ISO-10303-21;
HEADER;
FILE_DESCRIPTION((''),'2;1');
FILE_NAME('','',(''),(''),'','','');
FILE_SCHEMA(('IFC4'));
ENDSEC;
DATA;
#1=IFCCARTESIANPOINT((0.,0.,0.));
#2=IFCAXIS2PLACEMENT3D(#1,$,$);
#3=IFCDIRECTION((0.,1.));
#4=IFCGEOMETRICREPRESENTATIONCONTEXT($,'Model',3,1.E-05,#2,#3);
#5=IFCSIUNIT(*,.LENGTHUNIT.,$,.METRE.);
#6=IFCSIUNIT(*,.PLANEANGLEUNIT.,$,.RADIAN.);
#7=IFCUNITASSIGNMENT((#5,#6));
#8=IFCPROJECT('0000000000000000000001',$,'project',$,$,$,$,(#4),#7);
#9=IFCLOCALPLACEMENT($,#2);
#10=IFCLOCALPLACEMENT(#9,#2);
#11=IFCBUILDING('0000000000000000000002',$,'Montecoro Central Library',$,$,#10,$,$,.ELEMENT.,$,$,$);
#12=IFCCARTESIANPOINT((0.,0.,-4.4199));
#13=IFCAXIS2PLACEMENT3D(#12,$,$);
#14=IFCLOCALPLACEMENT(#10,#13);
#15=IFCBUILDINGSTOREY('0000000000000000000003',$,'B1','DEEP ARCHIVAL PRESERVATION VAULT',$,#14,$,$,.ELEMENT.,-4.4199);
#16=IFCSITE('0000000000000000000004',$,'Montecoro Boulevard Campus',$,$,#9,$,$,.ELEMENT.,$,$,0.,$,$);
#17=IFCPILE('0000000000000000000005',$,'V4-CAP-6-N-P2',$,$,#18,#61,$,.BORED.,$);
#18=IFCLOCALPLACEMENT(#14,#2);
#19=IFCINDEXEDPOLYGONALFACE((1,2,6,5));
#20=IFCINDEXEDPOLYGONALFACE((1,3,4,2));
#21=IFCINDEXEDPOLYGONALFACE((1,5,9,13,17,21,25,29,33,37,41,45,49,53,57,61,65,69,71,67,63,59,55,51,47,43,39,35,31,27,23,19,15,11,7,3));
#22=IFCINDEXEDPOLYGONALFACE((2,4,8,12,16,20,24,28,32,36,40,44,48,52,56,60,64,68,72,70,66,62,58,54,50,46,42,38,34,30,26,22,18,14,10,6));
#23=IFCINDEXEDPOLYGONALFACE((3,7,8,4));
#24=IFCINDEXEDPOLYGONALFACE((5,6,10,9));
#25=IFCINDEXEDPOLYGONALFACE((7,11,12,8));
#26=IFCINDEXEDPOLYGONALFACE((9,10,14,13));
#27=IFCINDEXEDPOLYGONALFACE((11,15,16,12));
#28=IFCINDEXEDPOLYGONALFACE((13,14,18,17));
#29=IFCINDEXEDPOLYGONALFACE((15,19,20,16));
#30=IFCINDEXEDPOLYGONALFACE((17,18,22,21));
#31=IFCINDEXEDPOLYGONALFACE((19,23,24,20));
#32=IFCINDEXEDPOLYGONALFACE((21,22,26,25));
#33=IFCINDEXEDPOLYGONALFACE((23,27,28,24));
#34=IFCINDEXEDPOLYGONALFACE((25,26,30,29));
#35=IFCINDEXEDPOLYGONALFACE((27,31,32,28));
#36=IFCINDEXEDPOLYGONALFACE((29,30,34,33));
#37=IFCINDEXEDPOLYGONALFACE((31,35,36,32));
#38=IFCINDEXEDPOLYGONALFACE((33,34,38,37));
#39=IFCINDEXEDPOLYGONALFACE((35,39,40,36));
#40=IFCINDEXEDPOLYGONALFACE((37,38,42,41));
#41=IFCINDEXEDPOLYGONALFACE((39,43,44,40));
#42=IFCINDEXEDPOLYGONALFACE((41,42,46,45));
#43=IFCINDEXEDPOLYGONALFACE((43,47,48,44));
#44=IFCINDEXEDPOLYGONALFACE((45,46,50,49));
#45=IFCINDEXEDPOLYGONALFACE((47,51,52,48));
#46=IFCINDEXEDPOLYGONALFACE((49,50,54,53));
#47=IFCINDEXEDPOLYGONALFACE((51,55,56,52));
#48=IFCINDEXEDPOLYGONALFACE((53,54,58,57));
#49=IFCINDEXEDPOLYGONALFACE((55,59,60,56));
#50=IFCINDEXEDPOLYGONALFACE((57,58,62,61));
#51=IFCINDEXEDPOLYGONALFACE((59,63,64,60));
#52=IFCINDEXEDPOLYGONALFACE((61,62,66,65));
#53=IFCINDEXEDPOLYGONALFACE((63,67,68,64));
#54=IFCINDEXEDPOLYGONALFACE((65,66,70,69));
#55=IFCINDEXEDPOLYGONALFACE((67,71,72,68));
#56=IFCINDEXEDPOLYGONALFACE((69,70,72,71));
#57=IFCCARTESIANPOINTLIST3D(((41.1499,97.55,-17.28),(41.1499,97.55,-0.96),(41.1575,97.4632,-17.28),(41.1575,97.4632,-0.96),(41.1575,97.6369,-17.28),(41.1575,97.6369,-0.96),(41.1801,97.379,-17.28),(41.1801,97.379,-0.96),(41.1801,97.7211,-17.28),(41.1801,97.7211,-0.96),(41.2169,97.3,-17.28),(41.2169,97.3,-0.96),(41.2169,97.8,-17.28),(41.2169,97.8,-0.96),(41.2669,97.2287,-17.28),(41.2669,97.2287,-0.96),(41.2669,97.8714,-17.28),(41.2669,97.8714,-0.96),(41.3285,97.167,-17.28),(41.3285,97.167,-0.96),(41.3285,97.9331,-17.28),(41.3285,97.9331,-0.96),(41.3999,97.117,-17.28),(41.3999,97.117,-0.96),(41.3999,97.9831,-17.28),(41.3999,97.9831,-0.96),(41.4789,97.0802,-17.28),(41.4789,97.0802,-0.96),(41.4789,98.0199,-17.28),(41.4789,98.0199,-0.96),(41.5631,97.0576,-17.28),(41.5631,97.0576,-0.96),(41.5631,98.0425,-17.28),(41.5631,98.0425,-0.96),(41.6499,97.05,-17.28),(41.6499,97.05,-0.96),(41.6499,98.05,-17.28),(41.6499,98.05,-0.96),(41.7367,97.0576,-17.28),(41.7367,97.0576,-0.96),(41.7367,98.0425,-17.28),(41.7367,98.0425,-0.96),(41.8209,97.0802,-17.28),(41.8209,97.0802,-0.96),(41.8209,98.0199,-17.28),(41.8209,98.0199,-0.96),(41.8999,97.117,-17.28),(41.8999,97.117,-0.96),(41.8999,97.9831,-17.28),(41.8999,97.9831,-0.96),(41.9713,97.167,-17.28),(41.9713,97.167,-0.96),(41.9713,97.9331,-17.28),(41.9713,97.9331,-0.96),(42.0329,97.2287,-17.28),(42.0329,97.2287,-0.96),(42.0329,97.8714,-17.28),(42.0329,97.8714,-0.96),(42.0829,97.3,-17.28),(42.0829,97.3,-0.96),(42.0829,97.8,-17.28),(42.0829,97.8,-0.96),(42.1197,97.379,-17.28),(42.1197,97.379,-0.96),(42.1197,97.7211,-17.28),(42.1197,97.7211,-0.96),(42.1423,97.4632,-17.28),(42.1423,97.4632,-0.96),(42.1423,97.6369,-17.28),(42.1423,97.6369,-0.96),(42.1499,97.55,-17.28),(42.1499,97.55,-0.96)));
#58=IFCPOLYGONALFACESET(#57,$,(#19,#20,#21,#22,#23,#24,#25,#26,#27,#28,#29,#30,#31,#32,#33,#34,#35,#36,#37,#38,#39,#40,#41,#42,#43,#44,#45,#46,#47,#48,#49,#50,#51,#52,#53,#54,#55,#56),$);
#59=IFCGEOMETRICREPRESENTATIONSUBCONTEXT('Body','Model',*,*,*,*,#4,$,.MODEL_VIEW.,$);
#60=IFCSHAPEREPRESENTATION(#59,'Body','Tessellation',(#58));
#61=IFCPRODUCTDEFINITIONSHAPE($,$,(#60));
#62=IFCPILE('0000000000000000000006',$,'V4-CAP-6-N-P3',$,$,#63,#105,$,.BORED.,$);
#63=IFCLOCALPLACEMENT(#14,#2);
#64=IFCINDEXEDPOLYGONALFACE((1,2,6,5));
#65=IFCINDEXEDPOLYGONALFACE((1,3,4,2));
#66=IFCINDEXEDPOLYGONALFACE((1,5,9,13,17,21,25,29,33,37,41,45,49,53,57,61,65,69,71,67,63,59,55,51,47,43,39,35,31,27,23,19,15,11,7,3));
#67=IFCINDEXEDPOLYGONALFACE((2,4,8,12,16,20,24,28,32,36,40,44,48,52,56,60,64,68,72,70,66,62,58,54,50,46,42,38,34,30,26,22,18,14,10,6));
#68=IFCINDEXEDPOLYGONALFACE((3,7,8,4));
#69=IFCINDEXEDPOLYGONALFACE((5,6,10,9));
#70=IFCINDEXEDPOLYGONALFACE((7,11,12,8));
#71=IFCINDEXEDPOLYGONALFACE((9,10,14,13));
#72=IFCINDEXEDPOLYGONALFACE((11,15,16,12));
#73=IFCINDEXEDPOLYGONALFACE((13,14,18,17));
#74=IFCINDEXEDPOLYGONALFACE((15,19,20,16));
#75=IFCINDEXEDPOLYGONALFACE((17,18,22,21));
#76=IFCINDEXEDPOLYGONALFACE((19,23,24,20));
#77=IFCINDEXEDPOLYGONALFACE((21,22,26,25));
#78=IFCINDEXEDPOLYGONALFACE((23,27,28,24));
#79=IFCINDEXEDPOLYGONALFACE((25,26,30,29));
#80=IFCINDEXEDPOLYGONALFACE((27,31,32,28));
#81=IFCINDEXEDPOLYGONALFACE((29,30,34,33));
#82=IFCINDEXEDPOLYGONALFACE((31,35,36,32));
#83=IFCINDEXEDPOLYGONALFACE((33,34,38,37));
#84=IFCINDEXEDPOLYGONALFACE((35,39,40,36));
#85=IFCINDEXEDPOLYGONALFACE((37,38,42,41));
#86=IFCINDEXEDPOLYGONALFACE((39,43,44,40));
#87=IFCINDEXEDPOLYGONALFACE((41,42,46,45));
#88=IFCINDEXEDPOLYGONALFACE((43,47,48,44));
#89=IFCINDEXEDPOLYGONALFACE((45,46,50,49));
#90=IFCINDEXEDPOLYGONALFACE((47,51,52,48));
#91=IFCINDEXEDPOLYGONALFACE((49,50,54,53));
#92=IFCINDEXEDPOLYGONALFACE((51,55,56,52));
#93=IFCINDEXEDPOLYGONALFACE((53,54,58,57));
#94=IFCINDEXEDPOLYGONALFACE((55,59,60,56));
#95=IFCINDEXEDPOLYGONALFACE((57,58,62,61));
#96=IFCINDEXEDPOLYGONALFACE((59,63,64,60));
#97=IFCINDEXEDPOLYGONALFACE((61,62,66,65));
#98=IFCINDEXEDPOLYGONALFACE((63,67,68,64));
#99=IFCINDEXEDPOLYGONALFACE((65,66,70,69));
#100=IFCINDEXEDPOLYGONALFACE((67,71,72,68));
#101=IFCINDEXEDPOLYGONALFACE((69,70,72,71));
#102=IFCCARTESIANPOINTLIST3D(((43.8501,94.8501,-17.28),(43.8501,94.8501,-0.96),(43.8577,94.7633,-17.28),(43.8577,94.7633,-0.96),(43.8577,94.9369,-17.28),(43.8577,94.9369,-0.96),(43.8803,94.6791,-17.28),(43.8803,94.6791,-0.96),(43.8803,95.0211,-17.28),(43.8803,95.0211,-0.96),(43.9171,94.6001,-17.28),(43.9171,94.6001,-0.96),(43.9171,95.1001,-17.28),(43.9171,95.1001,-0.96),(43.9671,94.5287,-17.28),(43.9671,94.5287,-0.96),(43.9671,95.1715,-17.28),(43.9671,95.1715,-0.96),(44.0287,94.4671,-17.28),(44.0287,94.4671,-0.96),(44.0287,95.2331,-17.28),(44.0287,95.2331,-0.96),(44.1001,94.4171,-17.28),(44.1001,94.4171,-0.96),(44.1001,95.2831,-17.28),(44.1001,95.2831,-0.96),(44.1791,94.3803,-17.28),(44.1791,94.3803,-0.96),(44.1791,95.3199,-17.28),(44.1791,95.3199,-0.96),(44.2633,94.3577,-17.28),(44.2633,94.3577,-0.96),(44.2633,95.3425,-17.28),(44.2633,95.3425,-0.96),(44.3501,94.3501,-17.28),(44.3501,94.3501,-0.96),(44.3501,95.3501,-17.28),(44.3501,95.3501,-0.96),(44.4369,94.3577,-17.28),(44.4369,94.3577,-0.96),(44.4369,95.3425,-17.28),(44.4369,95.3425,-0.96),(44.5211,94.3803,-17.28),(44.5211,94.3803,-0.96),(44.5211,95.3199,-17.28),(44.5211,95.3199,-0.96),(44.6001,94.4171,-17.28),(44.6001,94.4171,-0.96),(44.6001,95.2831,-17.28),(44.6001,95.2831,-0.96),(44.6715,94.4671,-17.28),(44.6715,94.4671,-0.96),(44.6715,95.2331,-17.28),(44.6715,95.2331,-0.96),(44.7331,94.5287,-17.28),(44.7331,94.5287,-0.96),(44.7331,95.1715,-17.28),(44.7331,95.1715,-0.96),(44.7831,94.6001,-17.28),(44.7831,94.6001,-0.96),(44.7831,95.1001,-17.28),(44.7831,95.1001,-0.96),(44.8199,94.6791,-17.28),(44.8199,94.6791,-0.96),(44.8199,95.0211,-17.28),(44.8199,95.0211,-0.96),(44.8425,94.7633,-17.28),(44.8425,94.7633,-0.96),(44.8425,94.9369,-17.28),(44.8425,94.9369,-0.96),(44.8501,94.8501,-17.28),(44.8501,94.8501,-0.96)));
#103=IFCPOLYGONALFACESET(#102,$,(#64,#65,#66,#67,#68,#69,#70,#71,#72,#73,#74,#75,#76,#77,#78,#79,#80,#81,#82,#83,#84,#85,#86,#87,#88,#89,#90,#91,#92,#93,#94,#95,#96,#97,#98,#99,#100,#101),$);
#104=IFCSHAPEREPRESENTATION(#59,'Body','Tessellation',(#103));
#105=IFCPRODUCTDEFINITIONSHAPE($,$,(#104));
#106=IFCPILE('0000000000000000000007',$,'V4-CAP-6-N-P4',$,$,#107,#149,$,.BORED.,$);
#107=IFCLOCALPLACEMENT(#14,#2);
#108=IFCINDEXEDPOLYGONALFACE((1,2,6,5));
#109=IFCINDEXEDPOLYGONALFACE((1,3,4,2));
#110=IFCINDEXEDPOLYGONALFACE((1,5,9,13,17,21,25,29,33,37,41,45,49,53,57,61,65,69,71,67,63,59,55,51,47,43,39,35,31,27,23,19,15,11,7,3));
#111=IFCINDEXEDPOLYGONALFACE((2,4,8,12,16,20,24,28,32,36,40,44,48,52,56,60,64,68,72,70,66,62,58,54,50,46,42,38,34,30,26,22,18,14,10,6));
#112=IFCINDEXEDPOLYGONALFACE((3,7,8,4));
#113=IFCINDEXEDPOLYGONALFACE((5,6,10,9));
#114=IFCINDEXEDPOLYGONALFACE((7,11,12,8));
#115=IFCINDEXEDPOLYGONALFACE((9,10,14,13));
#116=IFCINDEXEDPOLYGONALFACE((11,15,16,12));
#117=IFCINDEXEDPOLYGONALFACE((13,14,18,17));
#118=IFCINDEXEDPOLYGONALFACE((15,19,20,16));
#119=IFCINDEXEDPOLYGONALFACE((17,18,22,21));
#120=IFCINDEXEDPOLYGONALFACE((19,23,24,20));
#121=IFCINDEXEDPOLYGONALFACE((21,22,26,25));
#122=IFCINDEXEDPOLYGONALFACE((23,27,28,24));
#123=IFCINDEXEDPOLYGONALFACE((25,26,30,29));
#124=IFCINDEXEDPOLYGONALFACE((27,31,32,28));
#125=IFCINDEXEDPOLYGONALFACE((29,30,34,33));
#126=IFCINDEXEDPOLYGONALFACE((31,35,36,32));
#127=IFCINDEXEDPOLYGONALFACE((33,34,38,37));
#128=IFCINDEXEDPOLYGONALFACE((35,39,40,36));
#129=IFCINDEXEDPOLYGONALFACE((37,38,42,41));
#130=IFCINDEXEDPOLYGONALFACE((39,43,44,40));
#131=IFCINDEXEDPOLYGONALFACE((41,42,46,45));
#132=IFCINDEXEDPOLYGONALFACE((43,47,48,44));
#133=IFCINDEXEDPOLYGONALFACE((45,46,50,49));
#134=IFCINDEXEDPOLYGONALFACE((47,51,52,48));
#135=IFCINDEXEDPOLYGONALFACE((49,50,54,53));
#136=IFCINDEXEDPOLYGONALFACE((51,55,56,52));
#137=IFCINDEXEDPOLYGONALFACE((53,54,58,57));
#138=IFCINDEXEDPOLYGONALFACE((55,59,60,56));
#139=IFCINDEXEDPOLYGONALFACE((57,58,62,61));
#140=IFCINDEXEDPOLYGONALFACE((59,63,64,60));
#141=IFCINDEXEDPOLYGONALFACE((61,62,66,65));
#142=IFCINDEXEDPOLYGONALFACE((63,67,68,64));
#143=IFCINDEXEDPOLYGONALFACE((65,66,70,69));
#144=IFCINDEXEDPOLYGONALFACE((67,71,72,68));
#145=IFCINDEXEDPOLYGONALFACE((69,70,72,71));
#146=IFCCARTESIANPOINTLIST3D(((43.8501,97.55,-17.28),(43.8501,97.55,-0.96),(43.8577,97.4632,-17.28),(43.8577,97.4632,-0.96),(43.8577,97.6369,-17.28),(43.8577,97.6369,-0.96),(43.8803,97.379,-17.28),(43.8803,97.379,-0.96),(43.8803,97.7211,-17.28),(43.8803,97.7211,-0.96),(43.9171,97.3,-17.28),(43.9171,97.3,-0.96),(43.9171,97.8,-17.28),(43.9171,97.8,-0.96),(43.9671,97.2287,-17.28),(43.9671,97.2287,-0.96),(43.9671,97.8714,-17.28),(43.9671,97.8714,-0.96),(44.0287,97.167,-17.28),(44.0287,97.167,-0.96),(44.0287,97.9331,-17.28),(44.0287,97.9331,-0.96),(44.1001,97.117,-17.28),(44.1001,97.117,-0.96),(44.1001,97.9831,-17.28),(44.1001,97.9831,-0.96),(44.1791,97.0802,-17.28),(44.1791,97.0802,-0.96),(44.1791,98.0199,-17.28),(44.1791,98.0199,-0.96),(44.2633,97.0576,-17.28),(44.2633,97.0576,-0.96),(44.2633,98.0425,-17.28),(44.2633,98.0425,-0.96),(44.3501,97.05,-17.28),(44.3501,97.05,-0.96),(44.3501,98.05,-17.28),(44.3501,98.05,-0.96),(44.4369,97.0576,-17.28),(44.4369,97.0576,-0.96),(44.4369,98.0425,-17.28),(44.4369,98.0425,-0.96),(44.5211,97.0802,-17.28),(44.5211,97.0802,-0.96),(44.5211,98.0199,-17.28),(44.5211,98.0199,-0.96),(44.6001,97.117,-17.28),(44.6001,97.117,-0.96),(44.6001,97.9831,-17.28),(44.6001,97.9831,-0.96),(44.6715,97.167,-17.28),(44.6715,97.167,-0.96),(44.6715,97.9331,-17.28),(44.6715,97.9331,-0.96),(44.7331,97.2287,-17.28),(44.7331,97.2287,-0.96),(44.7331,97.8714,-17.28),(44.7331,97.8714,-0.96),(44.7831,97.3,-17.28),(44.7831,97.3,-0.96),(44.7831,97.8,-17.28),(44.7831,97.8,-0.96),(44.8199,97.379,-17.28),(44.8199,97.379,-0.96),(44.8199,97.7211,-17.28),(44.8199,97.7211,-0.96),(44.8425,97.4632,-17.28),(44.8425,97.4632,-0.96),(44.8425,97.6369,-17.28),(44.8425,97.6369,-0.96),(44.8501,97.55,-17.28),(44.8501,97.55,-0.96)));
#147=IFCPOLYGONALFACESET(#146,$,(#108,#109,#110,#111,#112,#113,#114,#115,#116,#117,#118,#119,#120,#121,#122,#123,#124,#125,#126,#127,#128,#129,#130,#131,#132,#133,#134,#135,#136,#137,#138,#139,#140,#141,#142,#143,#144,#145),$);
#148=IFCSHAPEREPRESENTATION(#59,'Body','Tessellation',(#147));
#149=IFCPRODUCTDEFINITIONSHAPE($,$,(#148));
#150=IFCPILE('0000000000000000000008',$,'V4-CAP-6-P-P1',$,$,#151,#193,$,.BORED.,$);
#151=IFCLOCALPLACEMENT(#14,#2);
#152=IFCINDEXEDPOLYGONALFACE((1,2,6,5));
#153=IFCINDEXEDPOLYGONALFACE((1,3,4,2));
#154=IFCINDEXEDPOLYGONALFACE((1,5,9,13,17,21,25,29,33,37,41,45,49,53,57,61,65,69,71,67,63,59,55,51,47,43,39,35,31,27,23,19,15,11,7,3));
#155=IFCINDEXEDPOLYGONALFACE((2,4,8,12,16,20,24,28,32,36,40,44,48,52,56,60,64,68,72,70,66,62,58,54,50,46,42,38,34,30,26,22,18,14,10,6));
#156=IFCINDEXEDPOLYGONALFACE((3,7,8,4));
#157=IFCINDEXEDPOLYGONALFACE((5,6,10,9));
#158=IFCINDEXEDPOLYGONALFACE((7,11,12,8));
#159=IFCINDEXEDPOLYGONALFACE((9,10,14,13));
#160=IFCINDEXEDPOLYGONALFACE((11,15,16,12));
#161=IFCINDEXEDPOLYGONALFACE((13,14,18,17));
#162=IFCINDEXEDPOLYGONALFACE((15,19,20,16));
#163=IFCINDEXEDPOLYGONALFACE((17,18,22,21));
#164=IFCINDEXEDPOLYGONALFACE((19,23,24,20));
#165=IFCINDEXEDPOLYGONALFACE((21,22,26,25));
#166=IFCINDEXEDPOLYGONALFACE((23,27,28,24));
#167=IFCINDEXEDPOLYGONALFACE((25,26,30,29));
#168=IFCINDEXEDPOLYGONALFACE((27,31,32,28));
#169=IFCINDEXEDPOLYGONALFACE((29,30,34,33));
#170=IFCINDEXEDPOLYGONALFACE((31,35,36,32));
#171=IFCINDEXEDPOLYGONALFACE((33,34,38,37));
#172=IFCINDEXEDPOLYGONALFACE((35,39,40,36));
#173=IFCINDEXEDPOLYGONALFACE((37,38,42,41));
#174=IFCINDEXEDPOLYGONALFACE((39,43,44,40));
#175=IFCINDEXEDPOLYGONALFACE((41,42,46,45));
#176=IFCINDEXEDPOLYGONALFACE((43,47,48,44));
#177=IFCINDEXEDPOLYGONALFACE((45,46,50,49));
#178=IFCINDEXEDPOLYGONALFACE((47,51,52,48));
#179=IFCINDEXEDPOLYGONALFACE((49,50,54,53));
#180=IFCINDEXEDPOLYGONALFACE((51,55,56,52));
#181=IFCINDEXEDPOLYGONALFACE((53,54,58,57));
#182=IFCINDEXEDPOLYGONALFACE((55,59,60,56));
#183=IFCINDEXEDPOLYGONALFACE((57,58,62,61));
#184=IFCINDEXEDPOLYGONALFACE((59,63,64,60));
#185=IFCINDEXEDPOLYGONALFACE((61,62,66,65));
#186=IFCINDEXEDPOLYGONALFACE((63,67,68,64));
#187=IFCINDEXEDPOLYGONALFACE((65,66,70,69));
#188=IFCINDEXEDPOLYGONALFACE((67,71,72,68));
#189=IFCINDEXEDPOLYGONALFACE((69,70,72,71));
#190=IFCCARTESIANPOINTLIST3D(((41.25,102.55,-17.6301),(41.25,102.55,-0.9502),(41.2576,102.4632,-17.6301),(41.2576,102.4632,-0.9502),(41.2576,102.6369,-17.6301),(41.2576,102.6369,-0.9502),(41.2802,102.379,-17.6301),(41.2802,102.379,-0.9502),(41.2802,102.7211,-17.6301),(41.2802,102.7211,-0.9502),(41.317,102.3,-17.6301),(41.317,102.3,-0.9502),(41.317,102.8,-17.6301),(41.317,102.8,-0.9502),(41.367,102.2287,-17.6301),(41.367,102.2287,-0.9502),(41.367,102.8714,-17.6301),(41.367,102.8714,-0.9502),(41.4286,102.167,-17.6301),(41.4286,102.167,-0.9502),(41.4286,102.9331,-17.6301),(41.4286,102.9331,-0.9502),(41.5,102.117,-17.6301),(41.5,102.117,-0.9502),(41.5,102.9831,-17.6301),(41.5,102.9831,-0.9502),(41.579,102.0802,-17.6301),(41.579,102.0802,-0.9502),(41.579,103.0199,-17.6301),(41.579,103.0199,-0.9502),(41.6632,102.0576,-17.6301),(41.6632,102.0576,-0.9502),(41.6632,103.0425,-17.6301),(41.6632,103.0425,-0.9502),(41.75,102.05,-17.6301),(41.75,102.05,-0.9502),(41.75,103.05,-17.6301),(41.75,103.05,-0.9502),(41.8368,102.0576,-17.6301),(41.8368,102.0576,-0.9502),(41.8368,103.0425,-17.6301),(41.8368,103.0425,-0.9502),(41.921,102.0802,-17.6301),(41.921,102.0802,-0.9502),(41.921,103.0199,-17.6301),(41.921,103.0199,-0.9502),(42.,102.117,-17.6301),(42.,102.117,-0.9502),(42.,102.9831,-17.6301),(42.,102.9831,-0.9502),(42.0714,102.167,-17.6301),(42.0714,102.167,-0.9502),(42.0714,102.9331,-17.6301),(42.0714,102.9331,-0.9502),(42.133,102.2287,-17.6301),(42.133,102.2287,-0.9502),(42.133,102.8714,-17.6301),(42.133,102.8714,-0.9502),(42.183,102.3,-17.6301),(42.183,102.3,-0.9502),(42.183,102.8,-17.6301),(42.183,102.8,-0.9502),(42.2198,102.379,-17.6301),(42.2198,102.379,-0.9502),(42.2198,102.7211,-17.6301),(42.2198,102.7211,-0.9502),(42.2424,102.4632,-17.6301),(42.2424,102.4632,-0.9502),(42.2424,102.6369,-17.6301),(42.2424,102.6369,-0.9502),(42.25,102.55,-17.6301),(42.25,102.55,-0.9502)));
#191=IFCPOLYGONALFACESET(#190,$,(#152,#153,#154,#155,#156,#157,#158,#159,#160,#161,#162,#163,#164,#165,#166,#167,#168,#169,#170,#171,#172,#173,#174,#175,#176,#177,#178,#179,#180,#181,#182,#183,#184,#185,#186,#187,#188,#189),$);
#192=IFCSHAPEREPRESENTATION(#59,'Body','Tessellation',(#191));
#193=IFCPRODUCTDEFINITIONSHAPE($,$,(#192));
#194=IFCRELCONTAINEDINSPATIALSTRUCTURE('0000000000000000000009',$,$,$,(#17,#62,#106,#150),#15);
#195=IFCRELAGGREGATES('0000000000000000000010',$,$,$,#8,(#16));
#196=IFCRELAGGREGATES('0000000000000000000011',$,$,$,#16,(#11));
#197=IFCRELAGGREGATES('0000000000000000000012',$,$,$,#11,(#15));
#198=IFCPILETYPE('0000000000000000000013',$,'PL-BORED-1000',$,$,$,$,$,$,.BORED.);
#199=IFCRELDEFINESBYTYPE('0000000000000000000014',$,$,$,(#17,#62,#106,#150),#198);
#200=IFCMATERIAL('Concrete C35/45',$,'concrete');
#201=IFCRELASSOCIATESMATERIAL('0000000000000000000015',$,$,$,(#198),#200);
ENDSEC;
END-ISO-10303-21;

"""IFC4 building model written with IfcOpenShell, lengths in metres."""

from ifc_helpers import new_model, si_unit, direction, frame, origin, origin_2d, place, context, subcontext, project, spatial, circle, extrude, material, material_profile, profile_set, type_object, element, save


model = new_model("IFC4")

# Units and contexts
model_context = context("Model", 3, precision=1e-05, world=origin(), true_north=direction((0.0, 1.0)))
body_context = subcontext(model_context, "Body", "Model", "MODEL_VIEW")
ifc_project = project(units=[si_unit("LENGTHUNIT", "METRE"), si_unit("PLANEANGLEUNIT", "RADIAN")], contexts=[model_context])

# Site, building, storey
site_placement = place(None, origin())
site = spatial("IfcSite", under=ifc_project, at=site_placement, Name="Montecoro Boulevard Campus", CompositionType="ELEMENT", RefElevation=0.0)
building_placement = place(site_placement, origin())
building = spatial("IfcBuilding", under=site, at=building_placement, Name="Montecoro Central Library", CompositionType="ELEMENT")
storey_placement = place(building_placement, frame((0.0, 0.0, -4.4199)))
storey = spatial("IfcBuildingStorey", under=building, at=storey_placement, Name="B1", Description="DEEP ARCHIVAL PRESERVATION VAULT", CompositionType="ELEMENT", Elevation=-4.4199)

# Shared definitions
ifc_material_1 = material(Name="Concrete C35/45", Category="concrete")

# Piles
ifc_material_profile_1 = material_profile(ifc_material_1, circle(Radius=0.5, at=origin_2d()), Name="PILE D1000")
ifc_profile_set_1 = profile_set([ifc_material_profile_1], Name="Concrete C35/45")
pile_type_1 = type_object("IfcPileType", Name="PL-BORED-1000", PredefinedType="BORED", material=ifc_profile_set_1)
for number, where, z_axis, x_axis, name in (
    (1, (41.6499, 97.55, -0.96), (0.0, 0.0, -1.0), (1.0, 0.0, 0.0), "V4-CAP-6-N-P2"),
    (2, (44.3501, 94.8501, -0.96), (0.0, 0.0, -1.0), (1.0, 0.0, 0.0), "V4-CAP-6-N-P3"),
    (3, (44.3501, 97.55, -0.96), (0.0, 0.0, -1.0), (1.0, 0.0, 0.0), "V4-CAP-6-N-P4"),
):
    element("IfcPile", number, at=place(storey_placement, frame(where, z_axis=z_axis, x_axis=x_axis)), inside=storey, type_object=pile_type_1, Name=name, PredefinedType="BORED", context=body_context, shape_type="SweptSolid", body=[
        extrude(circle(Radius=0.5, at=origin_2d()), origin(), (0.0, 0.0, 1.0), 16.3201),
    ])
for number, where, z_axis, x_axis, name in (
    (4, (41.75, 102.55, -0.9502), (0.0, 0.0, -1.0), (1.0, 0.0, 0.0), "V4-CAP-6-P-P1"),
):
    element("IfcPile", number, at=place(storey_placement, frame(where, z_axis=z_axis, x_axis=x_axis)), inside=storey, type_object=pile_type_1, Name=name, PredefinedType="BORED", context=body_context, shape_type="SweptSolid", body=[
        extrude(circle(Radius=0.5, at=origin_2d()), origin(), (0.0, 0.0, 1.0), 16.6799),
    ])

save(model, "model.ifc")
